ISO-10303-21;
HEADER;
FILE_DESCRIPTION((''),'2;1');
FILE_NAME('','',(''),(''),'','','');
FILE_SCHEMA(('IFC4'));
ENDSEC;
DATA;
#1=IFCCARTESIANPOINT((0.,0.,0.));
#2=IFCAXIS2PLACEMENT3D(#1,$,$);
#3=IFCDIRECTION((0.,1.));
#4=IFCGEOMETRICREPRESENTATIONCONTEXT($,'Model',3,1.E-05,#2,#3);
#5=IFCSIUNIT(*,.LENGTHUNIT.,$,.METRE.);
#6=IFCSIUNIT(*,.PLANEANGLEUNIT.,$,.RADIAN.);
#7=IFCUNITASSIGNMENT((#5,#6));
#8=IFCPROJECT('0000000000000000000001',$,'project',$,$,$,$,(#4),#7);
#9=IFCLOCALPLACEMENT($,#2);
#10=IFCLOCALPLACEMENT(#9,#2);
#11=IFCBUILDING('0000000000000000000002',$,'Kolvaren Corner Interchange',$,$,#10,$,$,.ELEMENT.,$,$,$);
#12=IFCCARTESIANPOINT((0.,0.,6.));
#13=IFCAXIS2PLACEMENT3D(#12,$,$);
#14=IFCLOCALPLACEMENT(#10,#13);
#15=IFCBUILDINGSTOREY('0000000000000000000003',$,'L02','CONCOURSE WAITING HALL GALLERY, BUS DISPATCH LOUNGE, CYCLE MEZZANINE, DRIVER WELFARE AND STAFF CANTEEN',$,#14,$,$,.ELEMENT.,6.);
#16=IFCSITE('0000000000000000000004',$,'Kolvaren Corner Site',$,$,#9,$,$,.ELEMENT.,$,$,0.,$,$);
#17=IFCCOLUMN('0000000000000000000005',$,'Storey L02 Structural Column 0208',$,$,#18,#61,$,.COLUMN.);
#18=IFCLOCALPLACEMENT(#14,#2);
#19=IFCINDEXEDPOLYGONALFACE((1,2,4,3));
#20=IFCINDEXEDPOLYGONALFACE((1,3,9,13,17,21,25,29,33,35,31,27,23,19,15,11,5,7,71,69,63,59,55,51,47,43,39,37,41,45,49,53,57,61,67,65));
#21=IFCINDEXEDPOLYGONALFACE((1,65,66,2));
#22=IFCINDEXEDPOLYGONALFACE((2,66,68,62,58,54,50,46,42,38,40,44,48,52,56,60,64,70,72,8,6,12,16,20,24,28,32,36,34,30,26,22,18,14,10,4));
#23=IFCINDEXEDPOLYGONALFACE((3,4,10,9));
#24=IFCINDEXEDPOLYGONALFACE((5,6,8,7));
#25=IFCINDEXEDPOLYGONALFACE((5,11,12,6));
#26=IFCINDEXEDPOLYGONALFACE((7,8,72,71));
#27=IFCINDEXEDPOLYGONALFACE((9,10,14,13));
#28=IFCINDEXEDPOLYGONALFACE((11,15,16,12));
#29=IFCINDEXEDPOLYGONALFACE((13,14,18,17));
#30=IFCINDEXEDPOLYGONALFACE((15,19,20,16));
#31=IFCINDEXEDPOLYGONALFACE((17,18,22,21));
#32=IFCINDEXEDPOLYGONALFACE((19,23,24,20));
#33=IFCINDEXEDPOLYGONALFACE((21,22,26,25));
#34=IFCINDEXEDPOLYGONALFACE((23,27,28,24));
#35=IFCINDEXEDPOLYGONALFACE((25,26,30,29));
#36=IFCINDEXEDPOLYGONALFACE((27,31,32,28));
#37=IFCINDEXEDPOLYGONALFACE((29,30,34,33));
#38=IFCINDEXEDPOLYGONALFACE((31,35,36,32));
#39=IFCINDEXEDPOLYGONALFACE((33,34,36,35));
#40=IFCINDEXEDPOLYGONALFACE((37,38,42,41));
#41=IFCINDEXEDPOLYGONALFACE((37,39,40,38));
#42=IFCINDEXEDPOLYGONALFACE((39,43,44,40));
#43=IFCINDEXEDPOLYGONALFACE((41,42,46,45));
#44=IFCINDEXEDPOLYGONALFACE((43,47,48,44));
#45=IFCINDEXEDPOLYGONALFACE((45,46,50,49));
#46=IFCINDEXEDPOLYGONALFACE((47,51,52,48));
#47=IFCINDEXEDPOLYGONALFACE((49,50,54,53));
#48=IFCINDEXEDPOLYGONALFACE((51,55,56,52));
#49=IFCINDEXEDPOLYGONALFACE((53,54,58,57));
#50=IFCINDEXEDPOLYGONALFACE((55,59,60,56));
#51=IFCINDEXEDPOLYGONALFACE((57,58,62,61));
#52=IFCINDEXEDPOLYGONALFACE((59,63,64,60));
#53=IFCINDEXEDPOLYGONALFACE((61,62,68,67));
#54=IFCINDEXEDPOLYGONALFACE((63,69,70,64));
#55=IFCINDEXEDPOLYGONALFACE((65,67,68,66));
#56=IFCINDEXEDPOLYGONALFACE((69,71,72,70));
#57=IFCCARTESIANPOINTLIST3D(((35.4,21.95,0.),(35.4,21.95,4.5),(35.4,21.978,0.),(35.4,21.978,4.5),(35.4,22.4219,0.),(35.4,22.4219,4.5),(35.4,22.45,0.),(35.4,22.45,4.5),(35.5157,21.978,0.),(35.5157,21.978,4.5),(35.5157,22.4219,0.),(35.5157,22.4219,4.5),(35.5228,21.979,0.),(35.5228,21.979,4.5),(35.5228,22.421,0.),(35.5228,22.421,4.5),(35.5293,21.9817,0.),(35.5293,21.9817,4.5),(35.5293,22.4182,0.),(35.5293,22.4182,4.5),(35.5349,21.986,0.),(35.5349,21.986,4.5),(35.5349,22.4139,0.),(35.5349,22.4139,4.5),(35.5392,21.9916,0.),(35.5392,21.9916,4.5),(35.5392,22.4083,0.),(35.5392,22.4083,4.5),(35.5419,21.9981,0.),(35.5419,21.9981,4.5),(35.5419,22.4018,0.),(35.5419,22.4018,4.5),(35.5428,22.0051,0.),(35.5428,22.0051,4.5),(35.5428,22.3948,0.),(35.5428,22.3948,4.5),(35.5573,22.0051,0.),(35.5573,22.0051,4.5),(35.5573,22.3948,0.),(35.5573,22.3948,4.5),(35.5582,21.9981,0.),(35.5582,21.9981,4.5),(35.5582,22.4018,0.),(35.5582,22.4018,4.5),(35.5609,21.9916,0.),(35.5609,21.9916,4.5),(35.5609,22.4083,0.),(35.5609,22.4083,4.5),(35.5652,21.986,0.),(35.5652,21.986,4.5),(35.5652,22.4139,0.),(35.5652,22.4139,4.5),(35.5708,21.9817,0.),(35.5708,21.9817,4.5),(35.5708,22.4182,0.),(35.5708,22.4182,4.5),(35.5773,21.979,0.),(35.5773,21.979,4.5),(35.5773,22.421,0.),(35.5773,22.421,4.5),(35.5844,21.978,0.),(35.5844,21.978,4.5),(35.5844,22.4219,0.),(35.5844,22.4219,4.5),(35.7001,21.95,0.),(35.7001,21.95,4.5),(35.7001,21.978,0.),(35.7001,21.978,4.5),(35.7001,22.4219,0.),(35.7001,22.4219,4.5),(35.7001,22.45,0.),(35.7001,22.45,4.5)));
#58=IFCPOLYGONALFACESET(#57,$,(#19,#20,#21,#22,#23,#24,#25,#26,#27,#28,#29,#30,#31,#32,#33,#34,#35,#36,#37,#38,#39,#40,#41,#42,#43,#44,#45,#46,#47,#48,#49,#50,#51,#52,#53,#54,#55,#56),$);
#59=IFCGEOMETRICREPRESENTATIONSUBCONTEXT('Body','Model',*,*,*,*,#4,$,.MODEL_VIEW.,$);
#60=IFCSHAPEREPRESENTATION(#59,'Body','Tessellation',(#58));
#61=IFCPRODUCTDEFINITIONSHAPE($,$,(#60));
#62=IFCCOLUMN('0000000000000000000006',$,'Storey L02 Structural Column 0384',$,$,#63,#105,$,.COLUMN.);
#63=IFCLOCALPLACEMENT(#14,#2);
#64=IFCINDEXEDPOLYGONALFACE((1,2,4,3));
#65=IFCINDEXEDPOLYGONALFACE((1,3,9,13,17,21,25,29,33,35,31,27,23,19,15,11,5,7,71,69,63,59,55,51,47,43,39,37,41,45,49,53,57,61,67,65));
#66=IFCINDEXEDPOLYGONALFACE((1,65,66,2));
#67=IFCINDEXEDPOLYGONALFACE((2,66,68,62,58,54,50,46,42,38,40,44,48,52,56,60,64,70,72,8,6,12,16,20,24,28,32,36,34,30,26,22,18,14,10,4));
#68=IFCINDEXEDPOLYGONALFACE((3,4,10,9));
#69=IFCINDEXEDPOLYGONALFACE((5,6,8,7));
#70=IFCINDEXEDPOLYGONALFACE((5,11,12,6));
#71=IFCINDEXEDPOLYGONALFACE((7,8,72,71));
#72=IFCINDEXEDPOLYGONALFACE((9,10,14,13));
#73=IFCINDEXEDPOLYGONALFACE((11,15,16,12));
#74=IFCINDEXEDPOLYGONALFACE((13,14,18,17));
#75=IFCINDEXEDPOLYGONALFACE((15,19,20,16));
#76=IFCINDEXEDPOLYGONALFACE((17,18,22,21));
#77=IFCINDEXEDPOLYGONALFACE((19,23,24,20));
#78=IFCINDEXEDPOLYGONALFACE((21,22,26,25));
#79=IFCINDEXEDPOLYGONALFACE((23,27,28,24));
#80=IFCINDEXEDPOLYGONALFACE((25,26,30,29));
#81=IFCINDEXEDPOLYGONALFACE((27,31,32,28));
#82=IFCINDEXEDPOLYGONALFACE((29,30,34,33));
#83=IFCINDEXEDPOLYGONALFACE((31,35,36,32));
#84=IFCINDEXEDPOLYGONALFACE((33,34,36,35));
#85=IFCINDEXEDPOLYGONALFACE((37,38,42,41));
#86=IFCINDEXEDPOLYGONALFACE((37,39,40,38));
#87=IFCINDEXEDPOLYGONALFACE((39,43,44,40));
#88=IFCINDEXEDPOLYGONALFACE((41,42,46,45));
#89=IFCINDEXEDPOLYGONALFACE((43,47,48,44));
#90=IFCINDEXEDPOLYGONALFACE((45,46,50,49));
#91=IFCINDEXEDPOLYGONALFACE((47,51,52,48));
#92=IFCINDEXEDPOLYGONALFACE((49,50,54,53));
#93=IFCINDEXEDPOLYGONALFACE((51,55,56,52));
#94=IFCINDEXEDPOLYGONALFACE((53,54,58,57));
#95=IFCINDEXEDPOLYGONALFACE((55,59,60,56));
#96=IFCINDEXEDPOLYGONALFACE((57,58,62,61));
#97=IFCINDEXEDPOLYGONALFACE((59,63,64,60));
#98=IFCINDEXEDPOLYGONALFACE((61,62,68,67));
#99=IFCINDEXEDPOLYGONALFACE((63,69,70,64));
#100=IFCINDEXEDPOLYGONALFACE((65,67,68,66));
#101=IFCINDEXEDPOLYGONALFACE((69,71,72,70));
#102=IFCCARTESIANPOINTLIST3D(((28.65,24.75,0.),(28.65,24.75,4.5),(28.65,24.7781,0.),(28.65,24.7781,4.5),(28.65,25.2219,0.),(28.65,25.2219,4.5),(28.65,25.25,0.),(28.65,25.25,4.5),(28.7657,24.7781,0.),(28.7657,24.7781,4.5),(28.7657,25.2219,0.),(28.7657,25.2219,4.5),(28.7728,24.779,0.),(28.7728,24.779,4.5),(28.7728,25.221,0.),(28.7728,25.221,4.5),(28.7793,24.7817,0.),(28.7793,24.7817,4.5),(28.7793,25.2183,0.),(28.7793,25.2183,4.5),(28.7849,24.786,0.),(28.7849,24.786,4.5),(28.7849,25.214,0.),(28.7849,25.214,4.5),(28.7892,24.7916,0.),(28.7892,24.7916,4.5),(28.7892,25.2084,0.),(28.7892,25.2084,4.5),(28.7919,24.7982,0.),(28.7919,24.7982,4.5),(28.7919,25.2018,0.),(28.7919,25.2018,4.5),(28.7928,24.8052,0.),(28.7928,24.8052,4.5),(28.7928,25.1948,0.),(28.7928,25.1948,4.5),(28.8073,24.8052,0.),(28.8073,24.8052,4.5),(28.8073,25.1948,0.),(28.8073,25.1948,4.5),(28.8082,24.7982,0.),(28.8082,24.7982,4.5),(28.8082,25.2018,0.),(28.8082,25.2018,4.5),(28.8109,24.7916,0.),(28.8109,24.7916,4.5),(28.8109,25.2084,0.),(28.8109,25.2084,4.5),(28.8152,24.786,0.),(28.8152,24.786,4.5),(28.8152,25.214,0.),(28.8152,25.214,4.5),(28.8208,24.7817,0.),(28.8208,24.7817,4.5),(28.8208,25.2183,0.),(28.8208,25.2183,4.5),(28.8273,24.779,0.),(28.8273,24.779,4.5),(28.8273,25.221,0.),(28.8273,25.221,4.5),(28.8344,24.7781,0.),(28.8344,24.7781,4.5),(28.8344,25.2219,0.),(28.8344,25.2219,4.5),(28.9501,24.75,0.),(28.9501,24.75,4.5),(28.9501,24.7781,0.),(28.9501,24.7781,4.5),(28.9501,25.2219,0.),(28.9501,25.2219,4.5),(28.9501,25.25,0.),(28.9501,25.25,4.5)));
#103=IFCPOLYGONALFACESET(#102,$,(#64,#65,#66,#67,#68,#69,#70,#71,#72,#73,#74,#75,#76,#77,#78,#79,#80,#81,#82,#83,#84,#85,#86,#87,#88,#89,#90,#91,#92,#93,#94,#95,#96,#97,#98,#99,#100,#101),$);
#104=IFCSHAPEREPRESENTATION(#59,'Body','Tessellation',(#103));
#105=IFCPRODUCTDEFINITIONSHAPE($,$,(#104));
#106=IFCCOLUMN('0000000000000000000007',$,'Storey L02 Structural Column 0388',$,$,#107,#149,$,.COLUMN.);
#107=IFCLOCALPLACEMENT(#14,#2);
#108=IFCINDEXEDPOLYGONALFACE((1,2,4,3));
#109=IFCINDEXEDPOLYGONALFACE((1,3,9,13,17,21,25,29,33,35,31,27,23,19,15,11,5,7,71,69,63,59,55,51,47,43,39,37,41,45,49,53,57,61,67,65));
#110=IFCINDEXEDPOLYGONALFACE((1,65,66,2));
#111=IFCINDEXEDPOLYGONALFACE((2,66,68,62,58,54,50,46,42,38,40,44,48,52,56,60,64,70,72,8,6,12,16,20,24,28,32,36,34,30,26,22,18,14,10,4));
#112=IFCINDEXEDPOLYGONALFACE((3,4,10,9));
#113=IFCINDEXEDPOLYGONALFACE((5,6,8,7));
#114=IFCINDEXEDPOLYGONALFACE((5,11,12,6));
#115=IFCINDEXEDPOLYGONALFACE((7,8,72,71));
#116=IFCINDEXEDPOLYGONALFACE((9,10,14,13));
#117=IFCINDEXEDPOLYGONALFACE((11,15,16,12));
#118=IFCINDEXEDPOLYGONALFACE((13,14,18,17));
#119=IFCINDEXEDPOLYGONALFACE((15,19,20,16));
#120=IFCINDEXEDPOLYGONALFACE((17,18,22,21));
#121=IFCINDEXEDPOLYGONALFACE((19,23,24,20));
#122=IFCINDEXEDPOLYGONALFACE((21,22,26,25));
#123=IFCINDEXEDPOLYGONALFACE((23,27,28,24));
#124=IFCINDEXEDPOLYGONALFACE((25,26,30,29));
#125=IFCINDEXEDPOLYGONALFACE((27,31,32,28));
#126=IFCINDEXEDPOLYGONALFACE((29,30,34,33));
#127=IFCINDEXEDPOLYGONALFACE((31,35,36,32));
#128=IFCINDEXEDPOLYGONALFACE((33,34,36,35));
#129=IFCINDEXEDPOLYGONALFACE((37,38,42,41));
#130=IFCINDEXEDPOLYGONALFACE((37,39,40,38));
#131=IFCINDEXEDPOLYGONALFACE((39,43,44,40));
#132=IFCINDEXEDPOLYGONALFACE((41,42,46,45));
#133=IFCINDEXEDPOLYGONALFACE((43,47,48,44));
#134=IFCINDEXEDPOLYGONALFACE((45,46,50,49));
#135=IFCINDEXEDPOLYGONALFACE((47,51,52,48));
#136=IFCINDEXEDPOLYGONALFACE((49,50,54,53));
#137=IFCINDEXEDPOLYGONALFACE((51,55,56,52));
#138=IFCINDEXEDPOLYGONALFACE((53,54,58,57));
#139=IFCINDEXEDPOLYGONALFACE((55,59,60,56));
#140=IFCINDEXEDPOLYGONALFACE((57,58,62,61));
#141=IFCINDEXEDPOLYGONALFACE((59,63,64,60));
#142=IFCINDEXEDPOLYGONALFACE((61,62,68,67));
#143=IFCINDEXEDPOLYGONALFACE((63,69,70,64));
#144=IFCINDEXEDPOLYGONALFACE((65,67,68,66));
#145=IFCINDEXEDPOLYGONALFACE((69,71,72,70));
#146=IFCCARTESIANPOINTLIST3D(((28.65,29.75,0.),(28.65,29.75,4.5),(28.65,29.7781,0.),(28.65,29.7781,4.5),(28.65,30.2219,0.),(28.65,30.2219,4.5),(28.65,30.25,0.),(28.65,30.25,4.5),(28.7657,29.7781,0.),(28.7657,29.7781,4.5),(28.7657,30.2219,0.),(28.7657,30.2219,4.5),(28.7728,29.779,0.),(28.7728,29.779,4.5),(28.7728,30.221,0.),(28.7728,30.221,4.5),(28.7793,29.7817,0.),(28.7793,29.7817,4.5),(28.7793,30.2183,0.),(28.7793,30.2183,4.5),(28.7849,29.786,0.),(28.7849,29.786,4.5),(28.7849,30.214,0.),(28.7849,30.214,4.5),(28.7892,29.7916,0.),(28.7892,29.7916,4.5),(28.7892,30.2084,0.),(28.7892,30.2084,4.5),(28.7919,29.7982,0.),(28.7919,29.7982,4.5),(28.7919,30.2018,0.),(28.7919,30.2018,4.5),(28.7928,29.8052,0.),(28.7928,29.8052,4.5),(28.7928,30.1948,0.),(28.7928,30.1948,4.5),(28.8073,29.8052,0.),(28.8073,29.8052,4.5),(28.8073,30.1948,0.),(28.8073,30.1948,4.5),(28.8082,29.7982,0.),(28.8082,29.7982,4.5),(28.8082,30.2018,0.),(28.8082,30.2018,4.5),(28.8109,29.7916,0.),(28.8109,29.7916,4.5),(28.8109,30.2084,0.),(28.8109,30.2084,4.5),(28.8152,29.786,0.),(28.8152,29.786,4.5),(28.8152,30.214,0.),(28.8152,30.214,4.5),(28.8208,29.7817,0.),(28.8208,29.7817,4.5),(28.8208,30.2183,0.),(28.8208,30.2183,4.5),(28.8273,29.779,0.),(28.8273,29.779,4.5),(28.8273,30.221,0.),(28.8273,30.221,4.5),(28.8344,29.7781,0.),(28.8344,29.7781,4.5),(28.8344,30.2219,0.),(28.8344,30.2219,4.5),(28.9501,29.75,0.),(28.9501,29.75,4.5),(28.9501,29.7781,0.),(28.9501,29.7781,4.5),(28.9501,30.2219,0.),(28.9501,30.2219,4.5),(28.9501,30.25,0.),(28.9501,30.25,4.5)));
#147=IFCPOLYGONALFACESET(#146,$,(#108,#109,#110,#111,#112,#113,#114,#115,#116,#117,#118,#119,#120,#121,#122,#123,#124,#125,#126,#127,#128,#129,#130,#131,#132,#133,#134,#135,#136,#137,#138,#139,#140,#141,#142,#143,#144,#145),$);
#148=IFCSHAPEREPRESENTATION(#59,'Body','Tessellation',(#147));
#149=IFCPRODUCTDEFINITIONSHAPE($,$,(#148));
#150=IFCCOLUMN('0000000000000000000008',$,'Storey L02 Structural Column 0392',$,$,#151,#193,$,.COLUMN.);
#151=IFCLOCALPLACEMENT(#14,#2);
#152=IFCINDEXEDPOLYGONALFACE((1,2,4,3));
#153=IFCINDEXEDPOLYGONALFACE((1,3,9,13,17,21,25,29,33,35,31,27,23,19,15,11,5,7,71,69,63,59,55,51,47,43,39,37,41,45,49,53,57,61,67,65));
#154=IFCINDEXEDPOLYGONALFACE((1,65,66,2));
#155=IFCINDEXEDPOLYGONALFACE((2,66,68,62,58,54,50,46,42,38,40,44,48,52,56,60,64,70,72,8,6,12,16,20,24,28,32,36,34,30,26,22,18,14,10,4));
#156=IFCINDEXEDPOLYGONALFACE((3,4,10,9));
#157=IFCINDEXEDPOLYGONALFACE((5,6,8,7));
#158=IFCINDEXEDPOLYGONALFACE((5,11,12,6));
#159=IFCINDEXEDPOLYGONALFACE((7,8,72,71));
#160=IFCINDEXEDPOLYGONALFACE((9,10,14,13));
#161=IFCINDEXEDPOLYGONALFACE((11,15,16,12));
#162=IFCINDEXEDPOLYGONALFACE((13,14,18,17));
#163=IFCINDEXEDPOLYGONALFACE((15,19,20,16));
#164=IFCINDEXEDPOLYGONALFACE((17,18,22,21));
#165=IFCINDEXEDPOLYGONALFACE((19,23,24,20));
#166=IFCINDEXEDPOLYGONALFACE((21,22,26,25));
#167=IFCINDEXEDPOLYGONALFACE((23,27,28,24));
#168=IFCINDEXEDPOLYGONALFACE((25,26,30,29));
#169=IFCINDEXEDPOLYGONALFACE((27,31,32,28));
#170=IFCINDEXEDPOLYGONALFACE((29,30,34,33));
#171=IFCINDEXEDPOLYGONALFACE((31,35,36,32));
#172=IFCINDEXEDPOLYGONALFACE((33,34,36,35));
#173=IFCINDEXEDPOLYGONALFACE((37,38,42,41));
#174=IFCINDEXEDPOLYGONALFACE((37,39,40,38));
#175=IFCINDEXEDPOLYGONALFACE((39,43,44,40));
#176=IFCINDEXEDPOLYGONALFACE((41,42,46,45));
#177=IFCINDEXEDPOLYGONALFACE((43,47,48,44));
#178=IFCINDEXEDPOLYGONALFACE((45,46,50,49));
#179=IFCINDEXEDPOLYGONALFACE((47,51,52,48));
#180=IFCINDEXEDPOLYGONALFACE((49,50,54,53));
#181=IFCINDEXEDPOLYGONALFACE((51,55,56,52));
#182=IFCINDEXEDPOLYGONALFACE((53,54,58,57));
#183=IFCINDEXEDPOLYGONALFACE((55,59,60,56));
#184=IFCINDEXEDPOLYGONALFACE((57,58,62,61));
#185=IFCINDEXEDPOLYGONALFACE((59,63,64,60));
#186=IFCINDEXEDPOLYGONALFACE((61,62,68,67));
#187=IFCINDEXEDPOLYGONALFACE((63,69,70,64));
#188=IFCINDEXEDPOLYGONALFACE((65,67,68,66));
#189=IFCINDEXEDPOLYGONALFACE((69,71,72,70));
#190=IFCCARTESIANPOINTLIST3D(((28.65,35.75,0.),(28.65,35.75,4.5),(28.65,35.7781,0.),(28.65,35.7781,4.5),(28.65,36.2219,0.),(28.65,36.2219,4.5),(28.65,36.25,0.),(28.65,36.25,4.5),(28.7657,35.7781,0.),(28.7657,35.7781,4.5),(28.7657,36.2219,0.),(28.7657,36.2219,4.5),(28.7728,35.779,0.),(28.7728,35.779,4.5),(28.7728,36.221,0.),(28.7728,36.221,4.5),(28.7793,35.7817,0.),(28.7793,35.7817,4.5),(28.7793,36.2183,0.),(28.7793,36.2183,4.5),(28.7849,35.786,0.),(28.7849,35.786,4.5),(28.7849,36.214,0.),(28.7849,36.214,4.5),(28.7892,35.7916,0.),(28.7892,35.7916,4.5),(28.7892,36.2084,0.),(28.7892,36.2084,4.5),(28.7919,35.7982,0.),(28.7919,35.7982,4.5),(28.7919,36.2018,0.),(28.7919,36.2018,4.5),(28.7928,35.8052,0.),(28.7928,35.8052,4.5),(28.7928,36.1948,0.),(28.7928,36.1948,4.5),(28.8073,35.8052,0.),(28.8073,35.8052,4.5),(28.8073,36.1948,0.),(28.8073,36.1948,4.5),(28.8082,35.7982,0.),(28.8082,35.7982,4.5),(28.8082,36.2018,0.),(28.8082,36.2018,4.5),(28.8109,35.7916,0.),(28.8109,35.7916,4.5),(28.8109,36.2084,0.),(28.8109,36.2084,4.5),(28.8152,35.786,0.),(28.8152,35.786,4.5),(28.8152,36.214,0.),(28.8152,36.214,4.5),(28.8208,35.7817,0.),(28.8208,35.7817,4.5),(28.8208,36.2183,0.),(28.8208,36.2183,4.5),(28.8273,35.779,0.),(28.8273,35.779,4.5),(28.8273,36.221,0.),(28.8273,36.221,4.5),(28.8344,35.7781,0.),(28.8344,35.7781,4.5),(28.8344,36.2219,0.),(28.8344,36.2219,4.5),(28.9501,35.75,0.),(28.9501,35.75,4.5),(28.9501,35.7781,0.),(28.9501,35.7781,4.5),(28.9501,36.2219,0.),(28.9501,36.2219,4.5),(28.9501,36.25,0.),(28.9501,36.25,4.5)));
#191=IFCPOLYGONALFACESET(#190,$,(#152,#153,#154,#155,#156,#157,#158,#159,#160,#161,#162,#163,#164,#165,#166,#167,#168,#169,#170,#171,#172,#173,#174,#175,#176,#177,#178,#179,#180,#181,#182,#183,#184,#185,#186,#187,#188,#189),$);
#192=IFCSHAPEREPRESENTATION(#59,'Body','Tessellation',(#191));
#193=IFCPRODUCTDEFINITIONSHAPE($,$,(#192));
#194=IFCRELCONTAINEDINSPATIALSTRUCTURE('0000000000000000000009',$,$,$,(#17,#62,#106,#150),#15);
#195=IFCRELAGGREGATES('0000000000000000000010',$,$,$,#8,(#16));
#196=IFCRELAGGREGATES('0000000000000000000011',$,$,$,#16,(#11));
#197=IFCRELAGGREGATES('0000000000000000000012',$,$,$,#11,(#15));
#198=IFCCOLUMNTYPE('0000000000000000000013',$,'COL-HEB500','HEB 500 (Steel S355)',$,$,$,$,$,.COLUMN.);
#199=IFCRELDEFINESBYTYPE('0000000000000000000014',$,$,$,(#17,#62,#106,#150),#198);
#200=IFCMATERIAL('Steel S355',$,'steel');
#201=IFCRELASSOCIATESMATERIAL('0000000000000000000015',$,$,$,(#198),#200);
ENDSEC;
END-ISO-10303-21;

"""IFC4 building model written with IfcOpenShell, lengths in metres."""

from ifc_helpers import new_model, si_unit, direction, frame, origin, origin_2d, place, context, subcontext, project, spatial, i_section, extrude, material, material_profile, profile_set, type_object, element, save


model = new_model("IFC4")

# Units and contexts
model_context = context("Model", 3, precision=1e-05, world=origin(), true_north=direction((0.0, 1.0)))
body_context = subcontext(model_context, "Body", "Model", "MODEL_VIEW")
ifc_project = project(units=[si_unit("LENGTHUNIT", "METRE"), si_unit("PLANEANGLEUNIT", "RADIAN")], contexts=[model_context])

# Site, building, storey
site_placement = place(None, origin())
site = spatial("IfcSite", under=ifc_project, at=site_placement, Name="Kolvaren Corner Site", CompositionType="ELEMENT", RefElevation=0.0)
building_placement = place(site_placement, origin())
building = spatial("IfcBuilding", under=site, at=building_placement, Name="Kolvaren Corner Interchange", CompositionType="ELEMENT")
storey_placement = place(building_placement, frame((0.0, 0.0, 6.0)))
storey = spatial("IfcBuildingStorey", under=building, at=storey_placement, Name="L02", Description="CONCOURSE WAITING HALL GALLERY, BUS DISPATCH LOUNGE, CYCLE MEZZANINE, DRIVER WELFARE AND STAFF CANTEEN", CompositionType="ELEMENT", Elevation=6.0)

# Columns
ifc_material_1 = material(Name="Steel S355", Category="steel")
ifc_material_profile_1 = material_profile(ifc_material_1, i_section(OverallWidth=0.3, OverallDepth=0.5, WebThickness=0.0144, FlangeThickness=0.0281, FilletRadius=0.0271, at=origin_2d()), Name="HEB 500")
ifc_profile_set_1 = profile_set([ifc_material_profile_1], Name="Steel S355")
column_type = type_object("IfcColumnType", Name="COL-HEB500", Description="HEB 500 (Steel S355)", PredefinedType="COLUMN", material=ifc_profile_set_1)
for number, where, z_axis, x_axis, name in (
    (1, (35.55, 22.2, 0.0), (0.0, 0.0, 1.0), (1.0, 0.0, 0.0), "Storey L02 Structural Column 0208"),
    (2, (28.8, 25.0, 0.0), (0.0, 0.0, 1.0), (1.0, 0.0, 0.0), "Storey L02 Structural Column 0384"),
    (3, (28.8, 30.0, 0.0), (0.0, 0.0, 1.0), (1.0, 0.0, 0.0), "Storey L02 Structural Column 0388"),
    (4, (28.8, 36.0, 0.0), (0.0, 0.0, 1.0), (1.0, 0.0, 0.0), "Storey L02 Structural Column 0392"),
):
    element("IfcColumn", number, at=place(storey_placement, frame(where, z_axis=z_axis, x_axis=x_axis)), inside=storey, type_object=column_type, Name=name, PredefinedType="COLUMN", context=body_context, shape_type="SweptSolid", body=[
        extrude(i_section(OverallWidth=0.3, OverallDepth=0.5, WebThickness=0.0144, FlangeThickness=0.0281, FilletRadius=0.0271, at=origin_2d()), origin(), (0.0, 0.0, 1.0), 4.5),
    ])

save(model, "model.ifc")
